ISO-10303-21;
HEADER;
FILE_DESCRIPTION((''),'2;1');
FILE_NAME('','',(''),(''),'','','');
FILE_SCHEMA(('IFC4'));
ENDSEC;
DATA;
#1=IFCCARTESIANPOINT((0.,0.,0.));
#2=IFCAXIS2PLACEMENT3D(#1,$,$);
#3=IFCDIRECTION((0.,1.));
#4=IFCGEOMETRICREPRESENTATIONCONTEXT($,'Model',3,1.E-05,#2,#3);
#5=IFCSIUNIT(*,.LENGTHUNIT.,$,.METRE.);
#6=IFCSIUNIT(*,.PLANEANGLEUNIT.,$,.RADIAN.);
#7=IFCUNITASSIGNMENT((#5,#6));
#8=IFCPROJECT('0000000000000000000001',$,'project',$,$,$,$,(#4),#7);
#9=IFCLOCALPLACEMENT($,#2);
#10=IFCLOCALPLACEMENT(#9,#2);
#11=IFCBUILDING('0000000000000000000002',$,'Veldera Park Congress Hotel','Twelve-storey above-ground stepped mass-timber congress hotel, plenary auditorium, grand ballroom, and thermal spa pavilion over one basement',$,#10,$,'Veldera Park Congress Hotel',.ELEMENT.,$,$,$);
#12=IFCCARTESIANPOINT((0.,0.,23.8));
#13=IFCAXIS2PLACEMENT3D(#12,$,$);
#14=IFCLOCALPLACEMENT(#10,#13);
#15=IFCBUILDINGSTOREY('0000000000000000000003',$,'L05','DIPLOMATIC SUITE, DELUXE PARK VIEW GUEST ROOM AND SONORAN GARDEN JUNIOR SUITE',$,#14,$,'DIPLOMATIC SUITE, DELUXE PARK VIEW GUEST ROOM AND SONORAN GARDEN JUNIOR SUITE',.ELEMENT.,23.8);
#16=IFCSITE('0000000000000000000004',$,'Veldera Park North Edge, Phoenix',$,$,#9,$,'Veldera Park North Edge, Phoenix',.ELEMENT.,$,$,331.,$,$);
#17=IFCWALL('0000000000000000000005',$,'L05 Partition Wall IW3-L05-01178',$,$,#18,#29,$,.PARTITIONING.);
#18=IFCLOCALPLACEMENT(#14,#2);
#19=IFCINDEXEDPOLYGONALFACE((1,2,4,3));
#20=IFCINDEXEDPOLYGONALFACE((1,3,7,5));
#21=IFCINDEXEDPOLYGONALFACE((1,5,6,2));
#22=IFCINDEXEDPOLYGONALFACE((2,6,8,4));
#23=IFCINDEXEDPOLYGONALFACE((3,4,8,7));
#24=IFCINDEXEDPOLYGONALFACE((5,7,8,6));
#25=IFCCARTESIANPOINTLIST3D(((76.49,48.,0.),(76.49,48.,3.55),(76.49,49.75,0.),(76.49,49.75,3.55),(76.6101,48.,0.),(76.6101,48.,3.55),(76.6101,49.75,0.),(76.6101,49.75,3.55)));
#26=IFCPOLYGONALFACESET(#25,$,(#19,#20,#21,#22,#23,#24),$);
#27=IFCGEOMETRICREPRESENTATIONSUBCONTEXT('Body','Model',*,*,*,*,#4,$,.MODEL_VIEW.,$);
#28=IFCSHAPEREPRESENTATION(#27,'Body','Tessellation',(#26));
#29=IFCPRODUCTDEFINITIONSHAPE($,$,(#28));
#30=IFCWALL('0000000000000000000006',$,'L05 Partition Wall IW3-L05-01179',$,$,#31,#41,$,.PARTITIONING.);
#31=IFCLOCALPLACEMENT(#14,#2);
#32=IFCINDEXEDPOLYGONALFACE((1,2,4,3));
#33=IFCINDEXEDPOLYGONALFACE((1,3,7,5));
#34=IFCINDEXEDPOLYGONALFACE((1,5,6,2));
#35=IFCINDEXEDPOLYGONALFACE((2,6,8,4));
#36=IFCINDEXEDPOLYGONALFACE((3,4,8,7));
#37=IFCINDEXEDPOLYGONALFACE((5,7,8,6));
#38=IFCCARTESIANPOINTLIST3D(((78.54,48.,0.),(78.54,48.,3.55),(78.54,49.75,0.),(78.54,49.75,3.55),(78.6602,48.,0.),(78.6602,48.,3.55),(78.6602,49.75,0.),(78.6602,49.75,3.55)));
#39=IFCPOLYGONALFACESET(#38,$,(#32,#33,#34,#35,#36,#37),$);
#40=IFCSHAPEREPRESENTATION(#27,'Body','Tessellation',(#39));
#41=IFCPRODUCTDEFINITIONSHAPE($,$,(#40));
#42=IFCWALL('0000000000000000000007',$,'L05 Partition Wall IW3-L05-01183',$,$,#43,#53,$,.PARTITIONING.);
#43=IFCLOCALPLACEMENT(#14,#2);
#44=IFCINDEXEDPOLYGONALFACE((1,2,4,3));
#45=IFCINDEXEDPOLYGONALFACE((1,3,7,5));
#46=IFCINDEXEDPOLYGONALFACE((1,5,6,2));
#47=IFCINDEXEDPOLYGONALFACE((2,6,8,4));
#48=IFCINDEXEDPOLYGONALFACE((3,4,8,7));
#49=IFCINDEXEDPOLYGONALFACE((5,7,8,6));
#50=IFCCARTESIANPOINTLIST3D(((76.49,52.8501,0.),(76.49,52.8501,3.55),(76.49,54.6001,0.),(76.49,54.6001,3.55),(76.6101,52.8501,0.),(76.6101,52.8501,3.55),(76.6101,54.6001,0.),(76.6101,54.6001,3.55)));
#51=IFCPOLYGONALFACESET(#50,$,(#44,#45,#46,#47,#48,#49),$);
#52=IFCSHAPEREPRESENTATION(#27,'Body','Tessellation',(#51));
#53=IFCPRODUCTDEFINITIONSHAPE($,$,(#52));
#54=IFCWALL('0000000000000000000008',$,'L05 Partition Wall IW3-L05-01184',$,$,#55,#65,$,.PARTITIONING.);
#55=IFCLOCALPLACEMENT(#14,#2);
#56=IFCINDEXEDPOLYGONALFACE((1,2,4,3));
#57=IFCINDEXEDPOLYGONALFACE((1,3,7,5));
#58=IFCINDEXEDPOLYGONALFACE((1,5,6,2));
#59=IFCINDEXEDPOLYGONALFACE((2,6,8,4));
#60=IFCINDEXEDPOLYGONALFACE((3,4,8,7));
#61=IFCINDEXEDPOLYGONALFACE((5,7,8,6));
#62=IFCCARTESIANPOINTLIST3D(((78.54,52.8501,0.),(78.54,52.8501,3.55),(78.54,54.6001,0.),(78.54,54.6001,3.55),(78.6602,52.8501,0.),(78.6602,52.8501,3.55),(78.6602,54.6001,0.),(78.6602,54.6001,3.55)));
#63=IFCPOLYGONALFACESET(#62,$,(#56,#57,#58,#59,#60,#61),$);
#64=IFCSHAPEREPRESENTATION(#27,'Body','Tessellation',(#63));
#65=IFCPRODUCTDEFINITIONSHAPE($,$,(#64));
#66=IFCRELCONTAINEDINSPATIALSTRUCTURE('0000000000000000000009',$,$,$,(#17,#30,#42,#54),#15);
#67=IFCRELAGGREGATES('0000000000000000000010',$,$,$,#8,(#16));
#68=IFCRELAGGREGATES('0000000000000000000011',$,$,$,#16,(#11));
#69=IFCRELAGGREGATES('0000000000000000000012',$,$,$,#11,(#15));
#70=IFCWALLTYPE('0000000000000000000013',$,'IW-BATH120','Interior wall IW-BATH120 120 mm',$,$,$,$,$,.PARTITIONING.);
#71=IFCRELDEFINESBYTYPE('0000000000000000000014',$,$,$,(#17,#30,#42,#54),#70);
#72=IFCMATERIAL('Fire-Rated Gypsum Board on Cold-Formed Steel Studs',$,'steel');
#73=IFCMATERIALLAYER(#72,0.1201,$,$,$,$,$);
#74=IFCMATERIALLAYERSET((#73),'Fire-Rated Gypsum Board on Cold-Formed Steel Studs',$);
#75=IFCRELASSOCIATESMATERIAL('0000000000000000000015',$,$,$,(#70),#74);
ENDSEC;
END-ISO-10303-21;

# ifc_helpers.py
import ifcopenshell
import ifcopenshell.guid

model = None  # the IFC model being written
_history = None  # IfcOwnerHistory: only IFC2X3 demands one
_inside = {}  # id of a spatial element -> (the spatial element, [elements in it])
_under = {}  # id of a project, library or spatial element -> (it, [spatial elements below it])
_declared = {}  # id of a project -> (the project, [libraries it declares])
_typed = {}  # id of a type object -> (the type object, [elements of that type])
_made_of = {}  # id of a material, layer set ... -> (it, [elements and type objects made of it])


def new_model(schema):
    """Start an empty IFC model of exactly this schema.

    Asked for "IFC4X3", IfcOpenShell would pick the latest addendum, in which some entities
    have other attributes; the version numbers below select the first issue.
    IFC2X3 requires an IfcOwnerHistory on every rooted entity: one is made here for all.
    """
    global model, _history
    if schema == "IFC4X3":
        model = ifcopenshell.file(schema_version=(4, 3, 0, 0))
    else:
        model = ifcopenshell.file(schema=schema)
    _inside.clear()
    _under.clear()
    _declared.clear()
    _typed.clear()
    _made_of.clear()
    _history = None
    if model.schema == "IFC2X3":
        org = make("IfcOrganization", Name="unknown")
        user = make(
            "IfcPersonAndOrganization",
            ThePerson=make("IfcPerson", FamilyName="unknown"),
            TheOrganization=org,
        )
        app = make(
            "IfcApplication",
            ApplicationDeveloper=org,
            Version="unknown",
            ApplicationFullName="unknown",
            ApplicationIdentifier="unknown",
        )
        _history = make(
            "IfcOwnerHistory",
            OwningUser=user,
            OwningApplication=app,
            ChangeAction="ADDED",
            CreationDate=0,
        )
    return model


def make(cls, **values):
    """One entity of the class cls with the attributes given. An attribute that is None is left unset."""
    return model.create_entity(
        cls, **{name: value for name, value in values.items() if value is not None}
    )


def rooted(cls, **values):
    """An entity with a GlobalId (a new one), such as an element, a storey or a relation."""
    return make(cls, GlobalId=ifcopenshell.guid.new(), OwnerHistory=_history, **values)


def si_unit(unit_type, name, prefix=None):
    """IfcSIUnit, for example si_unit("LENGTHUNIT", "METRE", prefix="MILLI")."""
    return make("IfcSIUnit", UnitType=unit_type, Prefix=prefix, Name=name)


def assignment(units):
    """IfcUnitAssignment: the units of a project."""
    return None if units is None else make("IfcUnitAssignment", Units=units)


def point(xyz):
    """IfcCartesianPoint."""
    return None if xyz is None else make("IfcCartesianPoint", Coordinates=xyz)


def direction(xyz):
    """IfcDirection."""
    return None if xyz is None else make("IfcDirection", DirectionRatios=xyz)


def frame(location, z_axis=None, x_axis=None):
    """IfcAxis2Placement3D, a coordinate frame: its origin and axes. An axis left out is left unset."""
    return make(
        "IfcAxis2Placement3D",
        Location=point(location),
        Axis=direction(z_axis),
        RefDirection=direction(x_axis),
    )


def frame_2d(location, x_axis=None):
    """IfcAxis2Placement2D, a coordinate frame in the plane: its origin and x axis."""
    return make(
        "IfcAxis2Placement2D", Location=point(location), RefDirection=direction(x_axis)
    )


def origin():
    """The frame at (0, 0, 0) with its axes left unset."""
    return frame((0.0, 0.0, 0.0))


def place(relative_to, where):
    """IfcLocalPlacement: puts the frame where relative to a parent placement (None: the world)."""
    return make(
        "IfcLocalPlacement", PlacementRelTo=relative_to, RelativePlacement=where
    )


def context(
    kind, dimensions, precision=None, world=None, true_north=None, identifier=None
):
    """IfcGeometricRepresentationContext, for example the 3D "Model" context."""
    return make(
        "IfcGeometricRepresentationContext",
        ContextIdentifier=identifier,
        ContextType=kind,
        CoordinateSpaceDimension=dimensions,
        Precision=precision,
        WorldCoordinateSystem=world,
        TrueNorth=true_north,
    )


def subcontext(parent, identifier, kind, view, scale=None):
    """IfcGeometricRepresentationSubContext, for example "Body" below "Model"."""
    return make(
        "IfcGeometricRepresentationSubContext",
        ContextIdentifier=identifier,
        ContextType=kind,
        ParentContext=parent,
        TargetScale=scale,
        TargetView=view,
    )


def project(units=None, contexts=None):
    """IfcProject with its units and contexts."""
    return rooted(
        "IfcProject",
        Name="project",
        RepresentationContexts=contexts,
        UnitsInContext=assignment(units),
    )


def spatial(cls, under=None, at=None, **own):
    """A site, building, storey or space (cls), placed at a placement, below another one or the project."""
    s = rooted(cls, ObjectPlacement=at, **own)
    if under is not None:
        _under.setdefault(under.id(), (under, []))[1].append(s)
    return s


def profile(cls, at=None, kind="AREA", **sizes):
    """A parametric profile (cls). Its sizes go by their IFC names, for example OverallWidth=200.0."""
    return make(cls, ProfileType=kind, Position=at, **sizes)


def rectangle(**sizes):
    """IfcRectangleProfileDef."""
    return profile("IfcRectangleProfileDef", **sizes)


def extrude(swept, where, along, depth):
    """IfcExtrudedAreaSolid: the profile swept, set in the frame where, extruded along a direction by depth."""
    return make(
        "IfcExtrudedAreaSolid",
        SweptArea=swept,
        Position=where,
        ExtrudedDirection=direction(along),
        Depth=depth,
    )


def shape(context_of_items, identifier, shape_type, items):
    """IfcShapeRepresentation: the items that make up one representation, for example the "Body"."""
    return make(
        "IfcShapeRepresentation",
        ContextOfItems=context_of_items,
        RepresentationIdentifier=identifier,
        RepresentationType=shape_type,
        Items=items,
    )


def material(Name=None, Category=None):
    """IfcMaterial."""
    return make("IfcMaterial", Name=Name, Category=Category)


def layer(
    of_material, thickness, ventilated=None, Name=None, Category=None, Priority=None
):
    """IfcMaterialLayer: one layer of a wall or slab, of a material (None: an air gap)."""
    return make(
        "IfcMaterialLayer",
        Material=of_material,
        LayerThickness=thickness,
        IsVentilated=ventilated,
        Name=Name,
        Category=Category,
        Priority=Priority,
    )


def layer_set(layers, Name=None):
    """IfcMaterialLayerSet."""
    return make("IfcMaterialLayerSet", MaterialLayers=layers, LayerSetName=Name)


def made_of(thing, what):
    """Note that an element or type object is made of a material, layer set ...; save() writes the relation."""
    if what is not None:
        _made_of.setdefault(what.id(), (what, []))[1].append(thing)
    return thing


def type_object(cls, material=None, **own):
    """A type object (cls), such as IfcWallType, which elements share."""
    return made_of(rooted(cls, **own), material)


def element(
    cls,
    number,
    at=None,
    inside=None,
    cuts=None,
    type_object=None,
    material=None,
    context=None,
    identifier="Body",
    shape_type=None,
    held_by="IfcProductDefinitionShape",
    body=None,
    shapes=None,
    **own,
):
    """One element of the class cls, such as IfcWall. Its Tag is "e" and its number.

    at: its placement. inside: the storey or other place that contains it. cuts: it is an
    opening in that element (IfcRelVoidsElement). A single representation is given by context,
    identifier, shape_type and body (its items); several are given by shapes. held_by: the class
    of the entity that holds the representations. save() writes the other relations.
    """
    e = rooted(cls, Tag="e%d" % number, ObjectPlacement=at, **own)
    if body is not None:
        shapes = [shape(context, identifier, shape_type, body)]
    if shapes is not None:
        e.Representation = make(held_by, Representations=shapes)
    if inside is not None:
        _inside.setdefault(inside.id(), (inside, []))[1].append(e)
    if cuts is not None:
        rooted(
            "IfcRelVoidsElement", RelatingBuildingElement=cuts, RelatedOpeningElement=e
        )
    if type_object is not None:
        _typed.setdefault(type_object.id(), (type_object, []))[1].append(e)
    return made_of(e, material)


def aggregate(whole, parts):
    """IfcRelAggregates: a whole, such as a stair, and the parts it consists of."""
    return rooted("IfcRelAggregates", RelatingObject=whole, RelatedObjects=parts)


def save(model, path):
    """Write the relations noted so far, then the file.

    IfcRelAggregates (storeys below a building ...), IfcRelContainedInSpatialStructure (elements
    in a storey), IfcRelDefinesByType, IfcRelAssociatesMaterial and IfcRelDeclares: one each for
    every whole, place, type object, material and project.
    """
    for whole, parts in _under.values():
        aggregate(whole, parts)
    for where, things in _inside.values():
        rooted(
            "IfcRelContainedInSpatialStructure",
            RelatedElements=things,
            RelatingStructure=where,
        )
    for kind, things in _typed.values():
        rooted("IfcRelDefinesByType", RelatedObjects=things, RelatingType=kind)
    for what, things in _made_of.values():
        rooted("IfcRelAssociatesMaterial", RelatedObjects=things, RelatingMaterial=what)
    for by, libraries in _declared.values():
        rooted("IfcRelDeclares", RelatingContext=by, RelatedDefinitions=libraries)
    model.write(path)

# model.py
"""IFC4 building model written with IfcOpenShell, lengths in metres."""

from ifc_helpers import new_model, si_unit, direction, frame, frame_2d, origin, place, context, subcontext, project, spatial, rectangle, extrude, material, layer, layer_set, type_object, element, save


model = new_model("IFC4")

# Units and contexts
model_context = context("Model", 3, precision=1e-05, world=origin(), true_north=direction((0.0, 1.0)))
body_context = subcontext(model_context, "Body", "Model", "MODEL_VIEW")
ifc_project = project(units=[si_unit("LENGTHUNIT", "METRE"), si_unit("PLANEANGLEUNIT", "RADIAN")], contexts=[model_context])

# Site, building, storey
site_placement = place(None, origin())
site = spatial("IfcSite", under=ifc_project, at=site_placement, Name="Veldera Park North Edge, Phoenix", LongName="Veldera Park North Edge, Phoenix", CompositionType="ELEMENT", RefElevation=331.0)
building_placement = place(site_placement, origin())
building = spatial("IfcBuilding", under=site, at=building_placement, Name="Veldera Park Congress Hotel", Description="Twelve-storey above-ground stepped mass-timber congress hotel, plenary auditorium, grand ballroom, and thermal spa pavilion over one basement", LongName="Veldera Park Congress Hotel", CompositionType="ELEMENT")
storey_placement = place(building_placement, frame((0.0, 0.0, 23.8)))
storey = spatial("IfcBuildingStorey", under=building, at=storey_placement, Name="L05", Description="DIPLOMATIC SUITE, DELUXE PARK VIEW GUEST ROOM AND SONORAN GARDEN JUNIOR SUITE", LongName="DIPLOMATIC SUITE, DELUXE PARK VIEW GUEST ROOM AND SONORAN GARDEN JUNIOR SUITE", CompositionType="ELEMENT", Elevation=23.8)

# Walls
ifc_material_1 = material(Name="Fire-Rated Gypsum Board on Cold-Formed Steel Studs", Category="steel")
ifc_layer_1 = layer(ifc_material_1, 0.1201)
ifc_layer_set_1 = layer_set([ifc_layer_1], Name="Fire-Rated Gypsum Board on Cold-Formed Steel Studs")
wall_type = type_object("IfcWallType", Name="IW-BATH120", Description="Interior wall IW-BATH120 120 mm", PredefinedType="PARTITIONING", material=ifc_layer_set_1)
for number, where, z_axis, x_axis, name in (
    (1, (76.55, 48.0, 0.0), (0.0, 0.0, 1.0), (0.0, 1.0, 0.0), "L05 Partition Wall IW3-L05-01178"),
    (2, (78.6001, 48.0, 0.0), (0.0, 0.0, 1.0), (0.0, 1.0, 0.0), "L05 Partition Wall IW3-L05-01179"),
):
    element("IfcWall", number, at=place(storey_placement, frame(where, z_axis=z_axis, x_axis=x_axis)), inside=storey, type_object=wall_type, Name=name, PredefinedType="PARTITIONING", context=body_context, shape_type="SweptSolid", body=[
        extrude(rectangle(XDim=1.75, YDim=0.1201, at=frame_2d((0.875, 0.0))), origin(), (0.0, 0.0, 1.0), 3.55),
    ])

# Walls
for number, where, z_axis, x_axis, name in (
    (3, (76.55, 52.8501, 0.0), (0.0, 0.0, 1.0), (0.0, 1.0, 0.0), "L05 Partition Wall IW3-L05-01183"),
    (4, (78.6001, 52.8501, 0.0), (0.0, 0.0, 1.0), (0.0, 1.0, 0.0), "L05 Partition Wall IW3-L05-01184"),
):
    element("IfcWall", number, at=place(storey_placement, frame(where, z_axis=z_axis, x_axis=x_axis)), inside=storey, type_object=wall_type, Name=name, PredefinedType="PARTITIONING", context=body_context, shape_type="SweptSolid", body=[
        extrude(rectangle(XDim=1.75, YDim=0.1201, at=frame_2d((0.875, 0.0))), origin(), (0.0, 0.0, 1.0), 3.55),
    ])

save(model, "model.ifc")
